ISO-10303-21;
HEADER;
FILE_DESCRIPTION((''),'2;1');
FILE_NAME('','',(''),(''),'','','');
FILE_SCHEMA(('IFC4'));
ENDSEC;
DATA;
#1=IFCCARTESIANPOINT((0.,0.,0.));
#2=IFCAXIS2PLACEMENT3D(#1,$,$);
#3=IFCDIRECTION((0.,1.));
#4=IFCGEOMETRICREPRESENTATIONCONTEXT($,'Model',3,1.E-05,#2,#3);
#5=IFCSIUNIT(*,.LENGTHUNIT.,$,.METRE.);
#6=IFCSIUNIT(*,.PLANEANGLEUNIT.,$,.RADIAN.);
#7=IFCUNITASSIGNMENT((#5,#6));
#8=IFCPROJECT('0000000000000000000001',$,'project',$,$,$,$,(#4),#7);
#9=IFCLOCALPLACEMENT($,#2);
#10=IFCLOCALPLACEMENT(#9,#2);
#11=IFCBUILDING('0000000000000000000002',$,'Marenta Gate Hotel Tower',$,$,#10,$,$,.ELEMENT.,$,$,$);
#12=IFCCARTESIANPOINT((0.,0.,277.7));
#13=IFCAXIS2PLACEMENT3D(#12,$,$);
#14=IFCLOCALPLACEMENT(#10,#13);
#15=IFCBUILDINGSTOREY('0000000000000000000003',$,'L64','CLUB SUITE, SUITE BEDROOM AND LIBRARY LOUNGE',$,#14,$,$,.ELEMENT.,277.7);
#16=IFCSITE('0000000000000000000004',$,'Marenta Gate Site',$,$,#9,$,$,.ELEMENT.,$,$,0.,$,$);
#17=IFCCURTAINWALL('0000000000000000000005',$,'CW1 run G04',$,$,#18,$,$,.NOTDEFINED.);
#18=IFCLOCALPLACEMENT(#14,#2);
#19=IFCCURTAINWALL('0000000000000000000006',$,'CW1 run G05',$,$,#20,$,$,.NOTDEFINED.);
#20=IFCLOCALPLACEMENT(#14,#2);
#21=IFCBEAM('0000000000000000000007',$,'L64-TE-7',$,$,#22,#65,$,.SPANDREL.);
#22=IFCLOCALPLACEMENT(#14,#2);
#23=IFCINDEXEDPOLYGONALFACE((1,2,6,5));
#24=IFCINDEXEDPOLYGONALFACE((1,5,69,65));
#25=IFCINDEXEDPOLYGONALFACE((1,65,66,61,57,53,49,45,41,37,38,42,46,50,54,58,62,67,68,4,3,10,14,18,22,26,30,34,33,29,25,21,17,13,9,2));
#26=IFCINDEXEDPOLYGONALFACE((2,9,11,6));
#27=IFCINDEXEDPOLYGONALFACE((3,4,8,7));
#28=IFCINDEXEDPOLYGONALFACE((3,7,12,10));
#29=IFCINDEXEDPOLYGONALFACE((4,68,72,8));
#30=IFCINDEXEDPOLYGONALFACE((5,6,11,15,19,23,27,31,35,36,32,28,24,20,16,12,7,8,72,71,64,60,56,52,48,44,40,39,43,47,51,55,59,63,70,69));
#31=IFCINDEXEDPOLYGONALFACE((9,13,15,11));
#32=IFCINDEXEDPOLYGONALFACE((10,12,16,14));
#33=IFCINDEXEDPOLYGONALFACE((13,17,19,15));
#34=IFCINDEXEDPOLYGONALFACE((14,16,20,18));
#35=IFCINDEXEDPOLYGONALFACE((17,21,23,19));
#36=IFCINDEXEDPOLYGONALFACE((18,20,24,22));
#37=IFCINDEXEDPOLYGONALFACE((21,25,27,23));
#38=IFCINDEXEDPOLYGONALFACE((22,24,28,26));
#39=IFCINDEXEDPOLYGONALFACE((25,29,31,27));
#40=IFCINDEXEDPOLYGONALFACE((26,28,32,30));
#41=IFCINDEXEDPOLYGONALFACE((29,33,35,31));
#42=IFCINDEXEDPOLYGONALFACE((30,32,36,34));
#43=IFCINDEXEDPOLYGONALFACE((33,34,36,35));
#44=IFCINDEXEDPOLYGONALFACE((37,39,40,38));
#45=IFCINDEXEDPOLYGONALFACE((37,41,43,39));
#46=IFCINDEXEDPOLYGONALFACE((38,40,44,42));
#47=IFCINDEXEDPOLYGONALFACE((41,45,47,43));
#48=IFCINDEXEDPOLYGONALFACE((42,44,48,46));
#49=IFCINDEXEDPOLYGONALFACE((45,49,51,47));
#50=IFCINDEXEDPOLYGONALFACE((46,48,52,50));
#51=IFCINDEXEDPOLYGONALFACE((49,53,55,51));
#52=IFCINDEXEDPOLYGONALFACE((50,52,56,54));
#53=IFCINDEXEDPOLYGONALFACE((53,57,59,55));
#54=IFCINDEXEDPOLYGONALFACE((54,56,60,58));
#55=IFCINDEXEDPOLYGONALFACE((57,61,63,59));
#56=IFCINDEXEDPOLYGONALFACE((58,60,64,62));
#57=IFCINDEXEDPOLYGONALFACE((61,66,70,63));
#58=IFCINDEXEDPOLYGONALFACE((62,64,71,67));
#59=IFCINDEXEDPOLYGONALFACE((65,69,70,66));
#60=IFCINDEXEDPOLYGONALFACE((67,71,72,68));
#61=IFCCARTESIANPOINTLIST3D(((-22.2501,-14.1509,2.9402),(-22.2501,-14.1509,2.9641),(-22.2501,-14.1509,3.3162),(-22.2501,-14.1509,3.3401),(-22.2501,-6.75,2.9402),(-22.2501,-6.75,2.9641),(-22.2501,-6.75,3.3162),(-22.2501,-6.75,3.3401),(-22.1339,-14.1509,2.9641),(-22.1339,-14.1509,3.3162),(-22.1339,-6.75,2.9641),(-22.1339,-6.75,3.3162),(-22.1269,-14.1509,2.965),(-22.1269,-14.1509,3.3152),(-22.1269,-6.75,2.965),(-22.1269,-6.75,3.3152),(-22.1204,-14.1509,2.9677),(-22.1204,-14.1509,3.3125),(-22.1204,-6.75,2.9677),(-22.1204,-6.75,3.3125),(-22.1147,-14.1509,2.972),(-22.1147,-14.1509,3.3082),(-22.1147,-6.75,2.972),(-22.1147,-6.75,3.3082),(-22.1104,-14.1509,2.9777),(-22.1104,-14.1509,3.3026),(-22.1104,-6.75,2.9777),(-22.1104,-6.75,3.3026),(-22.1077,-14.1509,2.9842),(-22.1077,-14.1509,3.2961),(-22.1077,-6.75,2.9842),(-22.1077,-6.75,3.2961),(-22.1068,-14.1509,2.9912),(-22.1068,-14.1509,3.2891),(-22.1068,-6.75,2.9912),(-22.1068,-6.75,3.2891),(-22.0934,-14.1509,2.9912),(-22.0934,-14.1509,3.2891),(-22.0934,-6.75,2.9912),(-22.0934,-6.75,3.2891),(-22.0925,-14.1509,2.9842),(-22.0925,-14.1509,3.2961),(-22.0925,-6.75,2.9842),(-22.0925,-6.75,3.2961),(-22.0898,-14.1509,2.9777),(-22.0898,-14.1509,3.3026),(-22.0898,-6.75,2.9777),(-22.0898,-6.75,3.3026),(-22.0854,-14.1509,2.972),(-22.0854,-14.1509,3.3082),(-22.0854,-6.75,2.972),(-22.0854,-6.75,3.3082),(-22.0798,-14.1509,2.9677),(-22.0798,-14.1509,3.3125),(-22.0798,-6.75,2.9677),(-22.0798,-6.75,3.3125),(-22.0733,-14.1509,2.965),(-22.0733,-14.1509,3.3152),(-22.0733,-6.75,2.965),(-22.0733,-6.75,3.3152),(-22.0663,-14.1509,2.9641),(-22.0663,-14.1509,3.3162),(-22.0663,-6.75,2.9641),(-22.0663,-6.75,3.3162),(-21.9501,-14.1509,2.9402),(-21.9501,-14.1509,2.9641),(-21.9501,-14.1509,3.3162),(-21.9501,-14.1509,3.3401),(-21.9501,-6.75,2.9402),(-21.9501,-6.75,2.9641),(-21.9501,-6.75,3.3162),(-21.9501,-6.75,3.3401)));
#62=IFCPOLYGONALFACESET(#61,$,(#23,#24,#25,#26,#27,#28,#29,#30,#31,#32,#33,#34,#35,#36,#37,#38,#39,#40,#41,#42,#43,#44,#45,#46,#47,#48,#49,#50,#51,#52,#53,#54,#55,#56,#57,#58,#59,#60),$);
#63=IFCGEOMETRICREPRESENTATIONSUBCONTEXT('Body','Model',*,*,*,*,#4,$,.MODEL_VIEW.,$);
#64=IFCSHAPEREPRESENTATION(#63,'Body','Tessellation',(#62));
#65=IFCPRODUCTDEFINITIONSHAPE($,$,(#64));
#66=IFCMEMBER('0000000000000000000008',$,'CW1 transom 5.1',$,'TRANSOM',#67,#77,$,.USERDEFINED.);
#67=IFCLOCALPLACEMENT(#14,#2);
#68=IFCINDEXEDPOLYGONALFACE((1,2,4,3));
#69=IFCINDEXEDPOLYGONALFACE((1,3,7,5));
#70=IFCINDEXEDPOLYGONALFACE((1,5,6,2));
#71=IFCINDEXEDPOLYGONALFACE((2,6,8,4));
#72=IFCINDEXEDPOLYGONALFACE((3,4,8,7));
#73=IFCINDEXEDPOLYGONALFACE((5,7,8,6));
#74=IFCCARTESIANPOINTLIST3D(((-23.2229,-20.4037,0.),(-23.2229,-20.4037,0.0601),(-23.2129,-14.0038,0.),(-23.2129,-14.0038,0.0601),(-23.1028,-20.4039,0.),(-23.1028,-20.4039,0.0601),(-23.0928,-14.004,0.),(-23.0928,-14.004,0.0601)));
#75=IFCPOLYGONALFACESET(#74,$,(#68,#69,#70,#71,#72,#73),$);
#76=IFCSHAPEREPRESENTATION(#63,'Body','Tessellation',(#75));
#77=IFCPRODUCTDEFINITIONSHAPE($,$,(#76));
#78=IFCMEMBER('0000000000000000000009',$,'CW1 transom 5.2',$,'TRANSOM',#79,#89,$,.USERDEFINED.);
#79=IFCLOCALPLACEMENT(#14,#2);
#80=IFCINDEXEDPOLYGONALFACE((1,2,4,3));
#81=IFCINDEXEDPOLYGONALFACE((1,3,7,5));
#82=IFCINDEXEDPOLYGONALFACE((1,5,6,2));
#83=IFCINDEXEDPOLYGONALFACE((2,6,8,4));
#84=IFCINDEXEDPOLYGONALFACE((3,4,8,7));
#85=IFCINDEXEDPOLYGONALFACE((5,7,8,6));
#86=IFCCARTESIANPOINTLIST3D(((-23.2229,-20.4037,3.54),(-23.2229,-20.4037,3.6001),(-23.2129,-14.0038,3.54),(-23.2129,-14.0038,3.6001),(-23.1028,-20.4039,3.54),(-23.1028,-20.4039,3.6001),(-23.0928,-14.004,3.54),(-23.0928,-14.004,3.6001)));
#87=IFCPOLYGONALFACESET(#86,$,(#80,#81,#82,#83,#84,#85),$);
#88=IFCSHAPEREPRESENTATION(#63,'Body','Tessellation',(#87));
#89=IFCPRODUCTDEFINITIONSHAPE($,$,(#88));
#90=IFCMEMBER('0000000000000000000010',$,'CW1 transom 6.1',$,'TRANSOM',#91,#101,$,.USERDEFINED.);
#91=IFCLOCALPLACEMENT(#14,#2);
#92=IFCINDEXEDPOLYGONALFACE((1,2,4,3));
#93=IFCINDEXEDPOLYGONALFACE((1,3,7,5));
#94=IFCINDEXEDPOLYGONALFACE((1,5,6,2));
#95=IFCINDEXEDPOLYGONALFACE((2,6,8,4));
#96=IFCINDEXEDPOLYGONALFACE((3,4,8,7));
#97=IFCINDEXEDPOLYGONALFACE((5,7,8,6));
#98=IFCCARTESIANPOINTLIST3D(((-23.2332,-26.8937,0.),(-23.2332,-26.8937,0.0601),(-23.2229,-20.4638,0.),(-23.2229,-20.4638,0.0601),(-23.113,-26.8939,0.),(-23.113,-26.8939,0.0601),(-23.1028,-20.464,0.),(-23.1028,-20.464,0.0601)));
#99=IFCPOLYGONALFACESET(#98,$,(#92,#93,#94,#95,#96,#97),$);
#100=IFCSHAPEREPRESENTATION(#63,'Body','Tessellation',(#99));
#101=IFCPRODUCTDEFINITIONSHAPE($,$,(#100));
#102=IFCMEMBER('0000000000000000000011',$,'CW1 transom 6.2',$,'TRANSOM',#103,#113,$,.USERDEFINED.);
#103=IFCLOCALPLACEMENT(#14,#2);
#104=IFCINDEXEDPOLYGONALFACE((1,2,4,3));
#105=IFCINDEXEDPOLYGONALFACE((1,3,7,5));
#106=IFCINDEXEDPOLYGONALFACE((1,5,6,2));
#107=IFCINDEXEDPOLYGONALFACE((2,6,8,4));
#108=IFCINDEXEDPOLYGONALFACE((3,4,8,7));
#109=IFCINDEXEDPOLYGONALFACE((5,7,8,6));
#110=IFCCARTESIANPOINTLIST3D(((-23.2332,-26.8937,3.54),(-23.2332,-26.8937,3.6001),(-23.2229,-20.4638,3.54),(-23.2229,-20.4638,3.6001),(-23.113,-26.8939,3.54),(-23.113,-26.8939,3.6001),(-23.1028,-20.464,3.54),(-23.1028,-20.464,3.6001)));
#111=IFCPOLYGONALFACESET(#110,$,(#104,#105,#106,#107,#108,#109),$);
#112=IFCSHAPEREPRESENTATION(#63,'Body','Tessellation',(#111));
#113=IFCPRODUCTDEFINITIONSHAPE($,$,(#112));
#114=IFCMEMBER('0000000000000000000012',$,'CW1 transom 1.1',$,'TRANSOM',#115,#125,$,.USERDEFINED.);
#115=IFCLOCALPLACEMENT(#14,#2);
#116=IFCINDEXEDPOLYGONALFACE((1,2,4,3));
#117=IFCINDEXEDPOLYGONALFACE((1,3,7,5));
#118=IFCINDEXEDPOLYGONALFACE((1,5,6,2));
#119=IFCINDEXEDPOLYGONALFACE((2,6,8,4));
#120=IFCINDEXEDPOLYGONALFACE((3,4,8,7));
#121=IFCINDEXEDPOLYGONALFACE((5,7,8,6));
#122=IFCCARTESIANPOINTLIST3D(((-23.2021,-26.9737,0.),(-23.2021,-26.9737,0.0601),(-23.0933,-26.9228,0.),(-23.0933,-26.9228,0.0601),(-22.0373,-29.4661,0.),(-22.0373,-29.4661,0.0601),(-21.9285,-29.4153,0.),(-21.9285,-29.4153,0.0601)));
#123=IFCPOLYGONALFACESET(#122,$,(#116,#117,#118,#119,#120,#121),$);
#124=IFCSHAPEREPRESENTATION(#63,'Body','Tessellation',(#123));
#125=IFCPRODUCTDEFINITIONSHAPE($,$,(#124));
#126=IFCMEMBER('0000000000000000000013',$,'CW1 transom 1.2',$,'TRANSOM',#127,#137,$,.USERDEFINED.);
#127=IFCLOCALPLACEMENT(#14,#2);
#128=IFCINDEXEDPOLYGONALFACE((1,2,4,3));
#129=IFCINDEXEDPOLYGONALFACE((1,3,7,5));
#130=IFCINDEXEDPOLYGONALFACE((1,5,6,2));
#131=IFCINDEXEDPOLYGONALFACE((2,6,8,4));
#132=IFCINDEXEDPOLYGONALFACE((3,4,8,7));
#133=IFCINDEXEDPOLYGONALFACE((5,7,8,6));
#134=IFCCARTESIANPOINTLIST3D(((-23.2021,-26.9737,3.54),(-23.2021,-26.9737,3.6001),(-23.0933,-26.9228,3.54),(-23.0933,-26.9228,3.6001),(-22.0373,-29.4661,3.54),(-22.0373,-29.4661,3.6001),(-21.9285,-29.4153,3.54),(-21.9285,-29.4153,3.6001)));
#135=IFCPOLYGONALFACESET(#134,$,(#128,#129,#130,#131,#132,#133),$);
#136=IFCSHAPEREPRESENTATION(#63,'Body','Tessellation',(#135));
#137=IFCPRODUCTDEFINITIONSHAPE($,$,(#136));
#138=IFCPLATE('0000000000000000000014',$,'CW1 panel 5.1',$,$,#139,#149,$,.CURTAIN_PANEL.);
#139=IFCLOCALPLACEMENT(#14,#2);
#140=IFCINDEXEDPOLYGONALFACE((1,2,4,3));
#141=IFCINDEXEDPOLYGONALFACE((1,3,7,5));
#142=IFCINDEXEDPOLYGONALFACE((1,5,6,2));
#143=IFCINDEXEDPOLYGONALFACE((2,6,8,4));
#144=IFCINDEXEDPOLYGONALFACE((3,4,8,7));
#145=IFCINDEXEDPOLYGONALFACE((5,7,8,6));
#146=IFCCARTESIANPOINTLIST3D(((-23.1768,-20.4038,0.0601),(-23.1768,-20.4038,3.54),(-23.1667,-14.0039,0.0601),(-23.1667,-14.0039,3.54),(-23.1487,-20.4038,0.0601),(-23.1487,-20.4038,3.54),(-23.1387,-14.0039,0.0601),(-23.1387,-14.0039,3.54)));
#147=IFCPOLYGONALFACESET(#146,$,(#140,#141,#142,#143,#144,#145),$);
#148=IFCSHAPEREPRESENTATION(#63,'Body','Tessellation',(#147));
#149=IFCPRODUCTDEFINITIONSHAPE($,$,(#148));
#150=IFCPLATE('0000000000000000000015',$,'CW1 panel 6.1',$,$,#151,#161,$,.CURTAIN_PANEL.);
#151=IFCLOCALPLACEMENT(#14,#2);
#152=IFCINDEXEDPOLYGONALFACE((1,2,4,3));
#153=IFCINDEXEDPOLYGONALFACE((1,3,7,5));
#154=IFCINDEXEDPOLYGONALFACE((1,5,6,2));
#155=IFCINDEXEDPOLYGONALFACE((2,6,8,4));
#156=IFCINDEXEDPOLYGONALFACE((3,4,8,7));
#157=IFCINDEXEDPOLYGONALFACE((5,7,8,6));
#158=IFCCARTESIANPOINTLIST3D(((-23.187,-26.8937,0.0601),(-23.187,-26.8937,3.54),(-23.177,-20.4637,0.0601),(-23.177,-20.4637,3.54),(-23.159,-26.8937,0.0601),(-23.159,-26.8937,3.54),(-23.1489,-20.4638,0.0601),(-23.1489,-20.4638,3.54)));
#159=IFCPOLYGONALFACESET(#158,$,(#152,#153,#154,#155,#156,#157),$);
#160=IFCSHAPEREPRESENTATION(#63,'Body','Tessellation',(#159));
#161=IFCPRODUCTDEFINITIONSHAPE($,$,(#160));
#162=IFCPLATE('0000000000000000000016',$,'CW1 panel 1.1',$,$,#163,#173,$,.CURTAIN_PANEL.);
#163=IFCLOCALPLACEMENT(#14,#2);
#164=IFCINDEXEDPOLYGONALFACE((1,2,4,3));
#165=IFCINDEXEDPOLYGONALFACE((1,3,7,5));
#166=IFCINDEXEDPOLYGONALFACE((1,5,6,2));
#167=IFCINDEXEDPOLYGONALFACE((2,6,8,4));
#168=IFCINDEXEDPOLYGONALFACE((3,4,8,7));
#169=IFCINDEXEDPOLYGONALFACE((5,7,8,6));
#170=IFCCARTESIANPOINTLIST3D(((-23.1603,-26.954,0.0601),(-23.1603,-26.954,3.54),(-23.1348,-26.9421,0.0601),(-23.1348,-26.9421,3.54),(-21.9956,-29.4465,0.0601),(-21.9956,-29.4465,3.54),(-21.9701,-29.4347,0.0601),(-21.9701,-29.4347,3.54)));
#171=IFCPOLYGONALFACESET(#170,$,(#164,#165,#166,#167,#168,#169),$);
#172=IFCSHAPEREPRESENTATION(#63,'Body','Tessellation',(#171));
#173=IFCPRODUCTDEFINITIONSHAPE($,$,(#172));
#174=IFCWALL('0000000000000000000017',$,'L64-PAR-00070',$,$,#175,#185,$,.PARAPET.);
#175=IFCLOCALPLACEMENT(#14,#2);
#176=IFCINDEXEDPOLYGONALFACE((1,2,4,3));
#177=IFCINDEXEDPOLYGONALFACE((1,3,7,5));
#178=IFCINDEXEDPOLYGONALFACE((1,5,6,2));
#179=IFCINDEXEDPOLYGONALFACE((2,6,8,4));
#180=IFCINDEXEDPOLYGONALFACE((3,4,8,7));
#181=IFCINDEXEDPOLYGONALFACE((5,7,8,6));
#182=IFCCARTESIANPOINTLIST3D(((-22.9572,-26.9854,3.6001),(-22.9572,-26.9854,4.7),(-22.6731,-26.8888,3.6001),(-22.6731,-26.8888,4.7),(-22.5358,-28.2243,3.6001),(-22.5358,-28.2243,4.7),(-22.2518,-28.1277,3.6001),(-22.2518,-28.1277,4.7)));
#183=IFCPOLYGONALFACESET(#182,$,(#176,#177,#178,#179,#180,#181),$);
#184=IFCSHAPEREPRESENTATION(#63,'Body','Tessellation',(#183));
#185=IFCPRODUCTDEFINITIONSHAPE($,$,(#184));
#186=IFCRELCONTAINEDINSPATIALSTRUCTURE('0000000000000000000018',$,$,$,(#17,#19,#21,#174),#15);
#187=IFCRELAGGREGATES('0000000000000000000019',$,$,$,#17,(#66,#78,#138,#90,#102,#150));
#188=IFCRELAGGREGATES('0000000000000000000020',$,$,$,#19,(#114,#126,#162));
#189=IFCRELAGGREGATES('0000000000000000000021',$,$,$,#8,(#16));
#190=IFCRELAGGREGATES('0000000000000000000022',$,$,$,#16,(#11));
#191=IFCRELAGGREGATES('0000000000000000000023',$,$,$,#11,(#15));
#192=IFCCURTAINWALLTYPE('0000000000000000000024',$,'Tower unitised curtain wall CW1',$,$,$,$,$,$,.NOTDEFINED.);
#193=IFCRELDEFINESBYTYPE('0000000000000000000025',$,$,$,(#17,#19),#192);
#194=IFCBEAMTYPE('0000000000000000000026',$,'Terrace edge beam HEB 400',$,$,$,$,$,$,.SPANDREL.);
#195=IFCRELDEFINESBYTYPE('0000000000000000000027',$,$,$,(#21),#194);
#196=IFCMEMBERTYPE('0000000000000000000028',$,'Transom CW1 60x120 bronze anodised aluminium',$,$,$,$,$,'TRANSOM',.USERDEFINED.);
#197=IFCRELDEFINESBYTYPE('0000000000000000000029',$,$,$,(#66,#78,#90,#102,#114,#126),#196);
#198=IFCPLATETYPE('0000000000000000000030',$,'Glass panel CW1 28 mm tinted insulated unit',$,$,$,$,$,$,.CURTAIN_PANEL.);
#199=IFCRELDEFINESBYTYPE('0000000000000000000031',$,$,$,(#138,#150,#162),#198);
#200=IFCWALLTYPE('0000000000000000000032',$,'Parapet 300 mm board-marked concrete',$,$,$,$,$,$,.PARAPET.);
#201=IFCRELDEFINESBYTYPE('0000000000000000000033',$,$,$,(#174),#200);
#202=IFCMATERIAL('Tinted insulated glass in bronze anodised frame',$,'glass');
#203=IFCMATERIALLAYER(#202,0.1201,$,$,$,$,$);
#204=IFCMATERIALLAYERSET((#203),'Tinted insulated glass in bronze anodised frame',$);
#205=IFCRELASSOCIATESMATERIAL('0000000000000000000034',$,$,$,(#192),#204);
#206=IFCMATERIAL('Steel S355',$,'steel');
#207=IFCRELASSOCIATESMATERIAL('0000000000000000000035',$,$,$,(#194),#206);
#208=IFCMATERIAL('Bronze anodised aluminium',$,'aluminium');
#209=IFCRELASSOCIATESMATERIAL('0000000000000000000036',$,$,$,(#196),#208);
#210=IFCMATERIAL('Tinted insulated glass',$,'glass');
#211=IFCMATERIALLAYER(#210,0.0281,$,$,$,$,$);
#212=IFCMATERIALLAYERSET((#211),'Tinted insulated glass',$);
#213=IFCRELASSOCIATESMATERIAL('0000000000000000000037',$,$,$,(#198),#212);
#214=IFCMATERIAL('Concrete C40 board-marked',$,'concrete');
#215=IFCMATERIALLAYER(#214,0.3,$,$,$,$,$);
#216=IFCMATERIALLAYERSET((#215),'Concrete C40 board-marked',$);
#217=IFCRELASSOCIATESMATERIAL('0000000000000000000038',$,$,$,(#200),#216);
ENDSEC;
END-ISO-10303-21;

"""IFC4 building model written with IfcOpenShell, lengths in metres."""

from ifc_helpers import new_model, si_unit, direction, frame, frame_2d, origin, origin_2d, place, context, subcontext, project, spatial, rectangle, i_section, extrude, material, layer, layer_set, material_profile, profile_set, type_object, element, aggregate, save


model = new_model("IFC4")

# Units and contexts
model_context = context("Model", 3, precision=1e-05, world=origin(), true_north=direction((0.0, 1.0)))
body_context = subcontext(model_context, "Body", "Model", "MODEL_VIEW")
ifc_project = project(units=[si_unit("LENGTHUNIT", "METRE"), si_unit("PLANEANGLEUNIT", "RADIAN")], contexts=[model_context])

# Site, building, storey
site_placement = place(None, origin())
site = spatial("IfcSite", under=ifc_project, at=site_placement, Name="Marenta Gate Site", CompositionType="ELEMENT", RefElevation=0.0)
building_placement = place(site_placement, origin())
building = spatial("IfcBuilding", under=site, at=building_placement, Name="Marenta Gate Hotel Tower", CompositionType="ELEMENT")
storey_placement = place(building_placement, frame((0.0, 0.0, 277.7)))
storey = spatial("IfcBuildingStorey", under=building, at=storey_placement, Name="L64", Description="CLUB SUITE, SUITE BEDROOM AND LIBRARY LOUNGE", CompositionType="ELEMENT", Elevation=277.7)

# Curtain wall
ifc_material_1 = material(Name="Tinted insulated glass in bronze anodised frame", Category="glass")
ifc_layer_1 = layer(ifc_material_1, 0.1201)
ifc_layer_set_1 = layer_set([ifc_layer_1], Name="Tinted insulated glass in bronze anodised frame")
curtain_wall_type = type_object("IfcCurtainWallType", Name="Tower unitised curtain wall CW1", PredefinedType="NOTDEFINED", material=ifc_layer_set_1)
curtain_wall_1_placement = place(storey_placement, origin())
curtain_wall_1 = element("IfcCurtainWall", 1, at=curtain_wall_1_placement, inside=storey, type_object=curtain_wall_type, Name="CW1 run G04", PredefinedType="NOTDEFINED")

# Curtain wall
curtain_wall_2_placement = place(storey_placement, origin())
curtain_wall_2 = element("IfcCurtainWall", 2, at=curtain_wall_2_placement, inside=storey, type_object=curtain_wall_type, Name="CW1 run G05", PredefinedType="NOTDEFINED")

# Beam
ifc_material_2 = material(Name="Steel S355", Category="steel")
ifc_material_profile_1 = material_profile(ifc_material_2, i_section(OverallWidth=0.3, OverallDepth=0.3999, WebThickness=0.0134, FlangeThickness=0.0239, FilletRadius=0.0271, at=origin_2d()), Name="HEB 400")
ifc_profile_set_1 = profile_set([ifc_material_profile_1], Name="Steel S355")
beam_type_1 = type_object("IfcBeamType", Name="Terrace edge beam HEB 400", PredefinedType="SPANDREL", material=ifc_profile_set_1)
beam_1_placement = place(storey_placement, frame((-22.1001, -14.1509, 3.1401), z_axis=(0.0, 1.0, 0.0), x_axis=(-1.0, 0.0, 0.0)))
element("IfcBeam", 3, at=beam_1_placement, inside=storey, type_object=beam_type_1, Name="L64-TE-7", PredefinedType="SPANDREL", context=body_context, shape_type="SweptSolid", body=[
    extrude(i_section(OverallWidth=0.3, OverallDepth=0.3999, WebThickness=0.0134, FlangeThickness=0.0239, FilletRadius=0.0271, at=origin_2d()), origin(), (0.0, 0.0, 1.0), 7.4009),
])

# Members
ifc_material_3 = material(Name="Bronze anodised aluminium", Category="aluminium")
ifc_material_profile_2 = material_profile(ifc_material_3, rectangle(XDim=0.1201, YDim=0.0601, at=origin_2d()), Name="Transom CW1 60x120 bronze anodised aluminium")
ifc_profile_set_2 = profile_set([ifc_material_profile_2], Name="Bronze anodised aluminium")
member_type_1 = type_object("IfcMemberType", Name="Transom CW1 60x120 bronze anodised aluminium", ElementType="TRANSOM", PredefinedType="USERDEFINED", material=ifc_profile_set_2)
member_1_placement = place(storey_placement, frame((-23.1528, -14.0039, 0.03), z_axis=(-0.001564, -0.999999, 0.0), x_axis=(0.999999, -0.001564, 0.0)))
member_1 = element("IfcMember", 4, at=member_1_placement, type_object=member_type_1, Name="CW1 transom 5.1", ObjectType="TRANSOM", PredefinedType="USERDEFINED", context=body_context, shape_type="SweptSolid", body=[
    extrude(rectangle(XDim=0.1201, YDim=0.0601, at=origin_2d()), origin(), (0.0, 0.0, 1.0), 6.3999),
])
member_2_placement = place(storey_placement, frame((-23.1528, -14.0039, 3.5701), z_axis=(-0.001564, -0.999999, 0.0), x_axis=(0.999999, -0.001564, 0.0)))
member_2 = element("IfcMember", 5, at=member_2_placement, type_object=member_type_1, Name="CW1 transom 5.2", ObjectType="TRANSOM", PredefinedType="USERDEFINED", context=body_context, shape_type="SweptSolid", body=[
    extrude(rectangle(XDim=0.1201, YDim=0.0601, at=origin_2d()), origin(), (0.0, 0.0, 1.0), 6.3999),
])
member_3_placement = place(storey_placement, frame((-23.1628, -20.4639, 0.03), z_axis=(-0.001595, -0.999999, 0.0), x_axis=(0.999999, -0.001595, 0.0)))
member_3 = element("IfcMember", 6, at=member_3_placement, type_object=member_type_1, Name="CW1 transom 6.1", ObjectType="TRANSOM", PredefinedType="USERDEFINED", context=body_context, shape_type="SweptSolid", body=[
    extrude(rectangle(XDim=0.1201, YDim=0.0601, at=origin_2d()), origin(), (0.0, 0.0, 1.0), 6.4299),
])
member_4_placement = place(storey_placement, frame((-23.1628, -20.4639, 3.5701), z_axis=(-0.001595, -0.999999, 0.0), x_axis=(0.999999, -0.001595, 0.0)))
member_4 = element("IfcMember", 7, at=member_4_placement, type_object=member_type_1, Name="CW1 transom 6.2", ObjectType="TRANSOM", PredefinedType="USERDEFINED", context=body_context, shape_type="SweptSolid", body=[
    extrude(rectangle(XDim=0.1201, YDim=0.0601, at=origin_2d()), origin(), (0.0, 0.0, 1.0), 6.4299),
])
member_5_placement = place(storey_placement, frame((-23.1477, -26.9482, 0.03), z_axis=(0.423381, -0.905952, 0.0), x_axis=(0.905952, 0.423381, 0.0)))
member_5 = element("IfcMember", 8, at=member_5_placement, type_object=member_type_1, Name="CW1 transom 1.1", ObjectType="TRANSOM", PredefinedType="USERDEFINED", context=body_context, shape_type="SweptSolid", body=[
    extrude(rectangle(XDim=0.1201, YDim=0.0601, at=origin_2d()), origin(), (0.0, 0.0, 1.0), 2.7512),
])
member_6_placement = place(storey_placement, frame((-23.1477, -26.9482, 3.5701), z_axis=(0.423381, -0.905952, 0.0), x_axis=(0.905952, 0.423381, 0.0)))
member_6 = element("IfcMember", 9, at=member_6_placement, type_object=member_type_1, Name="CW1 transom 1.2", ObjectType="TRANSOM", PredefinedType="USERDEFINED", context=body_context, shape_type="SweptSolid", body=[
    extrude(rectangle(XDim=0.1201, YDim=0.0601, at=origin_2d()), origin(), (0.0, 0.0, 1.0), 2.7512),
])

# Plates
ifc_material_4 = material(Name="Tinted insulated glass", Category="glass")
ifc_layer_2 = layer(ifc_material_4, 0.0281)
ifc_layer_set_2 = layer_set([ifc_layer_2], Name="Tinted insulated glass")
plate_type = type_object("IfcPlateType", Name="Glass panel CW1 28 mm tinted insulated unit", PredefinedType="CURTAIN_PANEL", material=ifc_layer_set_2)
plate_1_placement = place(storey_placement, frame((-23.1577, -17.2039, 0.0601), z_axis=(0.0, 0.0, 1.0), x_axis=(-0.001566, -0.999999, 0.0)))
plate_1 = element("IfcPlate", 10, at=plate_1_placement, type_object=plate_type, Name="CW1 panel 5.1", PredefinedType="CURTAIN_PANEL", context=body_context, shape_type="SweptSolid", body=[
    extrude(rectangle(XDim=6.3999, YDim=0.0281, at=origin_2d()), origin(), (0.0, 0.0, 1.0), 3.48),
])
plate_2_placement = place(storey_placement, frame((-23.168, -23.6787, 0.0601), z_axis=(0.0, 0.0, 1.0), x_axis=(-0.001566, -0.999999, 0.0)))
plate_2 = element("IfcPlate", 11, at=plate_2_placement, type_object=plate_type, Name="CW1 panel 6.1", PredefinedType="CURTAIN_PANEL", context=body_context, shape_type="SweptSolid", body=[
    extrude(rectangle(XDim=6.4299, YDim=0.0281, at=origin_2d()), origin(), (0.0, 0.0, 1.0), 3.48),
])
aggregate(curtain_wall_1, [member_1, member_2, plate_1, member_3, member_4, plate_2])
plate_3_placement = place(storey_placement, frame((-22.5652, -28.1943, 0.0601), z_axis=(0.0, 0.0, 1.0), x_axis=(0.423337, -0.905972, 0.0)))
plate_3 = element("IfcPlate", 12, at=plate_3_placement, type_object=plate_type, Name="CW1 panel 1.1", PredefinedType="CURTAIN_PANEL", context=body_context, shape_type="SweptSolid", body=[
    extrude(rectangle(XDim=2.7512, YDim=0.0281, at=origin_2d()), origin(), (0.0, 0.0, 1.0), 3.48),
])
aggregate(curtain_wall_2, [member_5, member_6, plate_3])

# Wall
ifc_material_5 = material(Name="Concrete C40 board-marked", Category="concrete")
ifc_layer_3 = layer(ifc_material_5, 0.3)
ifc_layer_set_3 = layer_set([ifc_layer_3], Name="Concrete C40 board-marked")
wall_type = type_object("IfcWallType", Name="Parapet 300 mm board-marked concrete", PredefinedType="PARAPET", material=ifc_layer_set_3)
wall_1_placement = place(storey_placement, frame((-22.3938, -28.176, 3.6001), z_axis=(0.0, 0.0, 1.0), x_axis=(-0.321986, 0.946744, 0.0)))
element("IfcWall", 13, at=wall_1_placement, inside=storey, type_object=wall_type, Name="L64-PAR-00070", PredefinedType="PARAPET", context=body_context, shape_type="SweptSolid", body=[
    extrude(rectangle(XDim=1.3086, YDim=0.3, at=frame_2d((0.6543, 0.0))), origin(), (0.0, 0.0, 1.0), 1.0999),
])

save(model, "model.ifc")
